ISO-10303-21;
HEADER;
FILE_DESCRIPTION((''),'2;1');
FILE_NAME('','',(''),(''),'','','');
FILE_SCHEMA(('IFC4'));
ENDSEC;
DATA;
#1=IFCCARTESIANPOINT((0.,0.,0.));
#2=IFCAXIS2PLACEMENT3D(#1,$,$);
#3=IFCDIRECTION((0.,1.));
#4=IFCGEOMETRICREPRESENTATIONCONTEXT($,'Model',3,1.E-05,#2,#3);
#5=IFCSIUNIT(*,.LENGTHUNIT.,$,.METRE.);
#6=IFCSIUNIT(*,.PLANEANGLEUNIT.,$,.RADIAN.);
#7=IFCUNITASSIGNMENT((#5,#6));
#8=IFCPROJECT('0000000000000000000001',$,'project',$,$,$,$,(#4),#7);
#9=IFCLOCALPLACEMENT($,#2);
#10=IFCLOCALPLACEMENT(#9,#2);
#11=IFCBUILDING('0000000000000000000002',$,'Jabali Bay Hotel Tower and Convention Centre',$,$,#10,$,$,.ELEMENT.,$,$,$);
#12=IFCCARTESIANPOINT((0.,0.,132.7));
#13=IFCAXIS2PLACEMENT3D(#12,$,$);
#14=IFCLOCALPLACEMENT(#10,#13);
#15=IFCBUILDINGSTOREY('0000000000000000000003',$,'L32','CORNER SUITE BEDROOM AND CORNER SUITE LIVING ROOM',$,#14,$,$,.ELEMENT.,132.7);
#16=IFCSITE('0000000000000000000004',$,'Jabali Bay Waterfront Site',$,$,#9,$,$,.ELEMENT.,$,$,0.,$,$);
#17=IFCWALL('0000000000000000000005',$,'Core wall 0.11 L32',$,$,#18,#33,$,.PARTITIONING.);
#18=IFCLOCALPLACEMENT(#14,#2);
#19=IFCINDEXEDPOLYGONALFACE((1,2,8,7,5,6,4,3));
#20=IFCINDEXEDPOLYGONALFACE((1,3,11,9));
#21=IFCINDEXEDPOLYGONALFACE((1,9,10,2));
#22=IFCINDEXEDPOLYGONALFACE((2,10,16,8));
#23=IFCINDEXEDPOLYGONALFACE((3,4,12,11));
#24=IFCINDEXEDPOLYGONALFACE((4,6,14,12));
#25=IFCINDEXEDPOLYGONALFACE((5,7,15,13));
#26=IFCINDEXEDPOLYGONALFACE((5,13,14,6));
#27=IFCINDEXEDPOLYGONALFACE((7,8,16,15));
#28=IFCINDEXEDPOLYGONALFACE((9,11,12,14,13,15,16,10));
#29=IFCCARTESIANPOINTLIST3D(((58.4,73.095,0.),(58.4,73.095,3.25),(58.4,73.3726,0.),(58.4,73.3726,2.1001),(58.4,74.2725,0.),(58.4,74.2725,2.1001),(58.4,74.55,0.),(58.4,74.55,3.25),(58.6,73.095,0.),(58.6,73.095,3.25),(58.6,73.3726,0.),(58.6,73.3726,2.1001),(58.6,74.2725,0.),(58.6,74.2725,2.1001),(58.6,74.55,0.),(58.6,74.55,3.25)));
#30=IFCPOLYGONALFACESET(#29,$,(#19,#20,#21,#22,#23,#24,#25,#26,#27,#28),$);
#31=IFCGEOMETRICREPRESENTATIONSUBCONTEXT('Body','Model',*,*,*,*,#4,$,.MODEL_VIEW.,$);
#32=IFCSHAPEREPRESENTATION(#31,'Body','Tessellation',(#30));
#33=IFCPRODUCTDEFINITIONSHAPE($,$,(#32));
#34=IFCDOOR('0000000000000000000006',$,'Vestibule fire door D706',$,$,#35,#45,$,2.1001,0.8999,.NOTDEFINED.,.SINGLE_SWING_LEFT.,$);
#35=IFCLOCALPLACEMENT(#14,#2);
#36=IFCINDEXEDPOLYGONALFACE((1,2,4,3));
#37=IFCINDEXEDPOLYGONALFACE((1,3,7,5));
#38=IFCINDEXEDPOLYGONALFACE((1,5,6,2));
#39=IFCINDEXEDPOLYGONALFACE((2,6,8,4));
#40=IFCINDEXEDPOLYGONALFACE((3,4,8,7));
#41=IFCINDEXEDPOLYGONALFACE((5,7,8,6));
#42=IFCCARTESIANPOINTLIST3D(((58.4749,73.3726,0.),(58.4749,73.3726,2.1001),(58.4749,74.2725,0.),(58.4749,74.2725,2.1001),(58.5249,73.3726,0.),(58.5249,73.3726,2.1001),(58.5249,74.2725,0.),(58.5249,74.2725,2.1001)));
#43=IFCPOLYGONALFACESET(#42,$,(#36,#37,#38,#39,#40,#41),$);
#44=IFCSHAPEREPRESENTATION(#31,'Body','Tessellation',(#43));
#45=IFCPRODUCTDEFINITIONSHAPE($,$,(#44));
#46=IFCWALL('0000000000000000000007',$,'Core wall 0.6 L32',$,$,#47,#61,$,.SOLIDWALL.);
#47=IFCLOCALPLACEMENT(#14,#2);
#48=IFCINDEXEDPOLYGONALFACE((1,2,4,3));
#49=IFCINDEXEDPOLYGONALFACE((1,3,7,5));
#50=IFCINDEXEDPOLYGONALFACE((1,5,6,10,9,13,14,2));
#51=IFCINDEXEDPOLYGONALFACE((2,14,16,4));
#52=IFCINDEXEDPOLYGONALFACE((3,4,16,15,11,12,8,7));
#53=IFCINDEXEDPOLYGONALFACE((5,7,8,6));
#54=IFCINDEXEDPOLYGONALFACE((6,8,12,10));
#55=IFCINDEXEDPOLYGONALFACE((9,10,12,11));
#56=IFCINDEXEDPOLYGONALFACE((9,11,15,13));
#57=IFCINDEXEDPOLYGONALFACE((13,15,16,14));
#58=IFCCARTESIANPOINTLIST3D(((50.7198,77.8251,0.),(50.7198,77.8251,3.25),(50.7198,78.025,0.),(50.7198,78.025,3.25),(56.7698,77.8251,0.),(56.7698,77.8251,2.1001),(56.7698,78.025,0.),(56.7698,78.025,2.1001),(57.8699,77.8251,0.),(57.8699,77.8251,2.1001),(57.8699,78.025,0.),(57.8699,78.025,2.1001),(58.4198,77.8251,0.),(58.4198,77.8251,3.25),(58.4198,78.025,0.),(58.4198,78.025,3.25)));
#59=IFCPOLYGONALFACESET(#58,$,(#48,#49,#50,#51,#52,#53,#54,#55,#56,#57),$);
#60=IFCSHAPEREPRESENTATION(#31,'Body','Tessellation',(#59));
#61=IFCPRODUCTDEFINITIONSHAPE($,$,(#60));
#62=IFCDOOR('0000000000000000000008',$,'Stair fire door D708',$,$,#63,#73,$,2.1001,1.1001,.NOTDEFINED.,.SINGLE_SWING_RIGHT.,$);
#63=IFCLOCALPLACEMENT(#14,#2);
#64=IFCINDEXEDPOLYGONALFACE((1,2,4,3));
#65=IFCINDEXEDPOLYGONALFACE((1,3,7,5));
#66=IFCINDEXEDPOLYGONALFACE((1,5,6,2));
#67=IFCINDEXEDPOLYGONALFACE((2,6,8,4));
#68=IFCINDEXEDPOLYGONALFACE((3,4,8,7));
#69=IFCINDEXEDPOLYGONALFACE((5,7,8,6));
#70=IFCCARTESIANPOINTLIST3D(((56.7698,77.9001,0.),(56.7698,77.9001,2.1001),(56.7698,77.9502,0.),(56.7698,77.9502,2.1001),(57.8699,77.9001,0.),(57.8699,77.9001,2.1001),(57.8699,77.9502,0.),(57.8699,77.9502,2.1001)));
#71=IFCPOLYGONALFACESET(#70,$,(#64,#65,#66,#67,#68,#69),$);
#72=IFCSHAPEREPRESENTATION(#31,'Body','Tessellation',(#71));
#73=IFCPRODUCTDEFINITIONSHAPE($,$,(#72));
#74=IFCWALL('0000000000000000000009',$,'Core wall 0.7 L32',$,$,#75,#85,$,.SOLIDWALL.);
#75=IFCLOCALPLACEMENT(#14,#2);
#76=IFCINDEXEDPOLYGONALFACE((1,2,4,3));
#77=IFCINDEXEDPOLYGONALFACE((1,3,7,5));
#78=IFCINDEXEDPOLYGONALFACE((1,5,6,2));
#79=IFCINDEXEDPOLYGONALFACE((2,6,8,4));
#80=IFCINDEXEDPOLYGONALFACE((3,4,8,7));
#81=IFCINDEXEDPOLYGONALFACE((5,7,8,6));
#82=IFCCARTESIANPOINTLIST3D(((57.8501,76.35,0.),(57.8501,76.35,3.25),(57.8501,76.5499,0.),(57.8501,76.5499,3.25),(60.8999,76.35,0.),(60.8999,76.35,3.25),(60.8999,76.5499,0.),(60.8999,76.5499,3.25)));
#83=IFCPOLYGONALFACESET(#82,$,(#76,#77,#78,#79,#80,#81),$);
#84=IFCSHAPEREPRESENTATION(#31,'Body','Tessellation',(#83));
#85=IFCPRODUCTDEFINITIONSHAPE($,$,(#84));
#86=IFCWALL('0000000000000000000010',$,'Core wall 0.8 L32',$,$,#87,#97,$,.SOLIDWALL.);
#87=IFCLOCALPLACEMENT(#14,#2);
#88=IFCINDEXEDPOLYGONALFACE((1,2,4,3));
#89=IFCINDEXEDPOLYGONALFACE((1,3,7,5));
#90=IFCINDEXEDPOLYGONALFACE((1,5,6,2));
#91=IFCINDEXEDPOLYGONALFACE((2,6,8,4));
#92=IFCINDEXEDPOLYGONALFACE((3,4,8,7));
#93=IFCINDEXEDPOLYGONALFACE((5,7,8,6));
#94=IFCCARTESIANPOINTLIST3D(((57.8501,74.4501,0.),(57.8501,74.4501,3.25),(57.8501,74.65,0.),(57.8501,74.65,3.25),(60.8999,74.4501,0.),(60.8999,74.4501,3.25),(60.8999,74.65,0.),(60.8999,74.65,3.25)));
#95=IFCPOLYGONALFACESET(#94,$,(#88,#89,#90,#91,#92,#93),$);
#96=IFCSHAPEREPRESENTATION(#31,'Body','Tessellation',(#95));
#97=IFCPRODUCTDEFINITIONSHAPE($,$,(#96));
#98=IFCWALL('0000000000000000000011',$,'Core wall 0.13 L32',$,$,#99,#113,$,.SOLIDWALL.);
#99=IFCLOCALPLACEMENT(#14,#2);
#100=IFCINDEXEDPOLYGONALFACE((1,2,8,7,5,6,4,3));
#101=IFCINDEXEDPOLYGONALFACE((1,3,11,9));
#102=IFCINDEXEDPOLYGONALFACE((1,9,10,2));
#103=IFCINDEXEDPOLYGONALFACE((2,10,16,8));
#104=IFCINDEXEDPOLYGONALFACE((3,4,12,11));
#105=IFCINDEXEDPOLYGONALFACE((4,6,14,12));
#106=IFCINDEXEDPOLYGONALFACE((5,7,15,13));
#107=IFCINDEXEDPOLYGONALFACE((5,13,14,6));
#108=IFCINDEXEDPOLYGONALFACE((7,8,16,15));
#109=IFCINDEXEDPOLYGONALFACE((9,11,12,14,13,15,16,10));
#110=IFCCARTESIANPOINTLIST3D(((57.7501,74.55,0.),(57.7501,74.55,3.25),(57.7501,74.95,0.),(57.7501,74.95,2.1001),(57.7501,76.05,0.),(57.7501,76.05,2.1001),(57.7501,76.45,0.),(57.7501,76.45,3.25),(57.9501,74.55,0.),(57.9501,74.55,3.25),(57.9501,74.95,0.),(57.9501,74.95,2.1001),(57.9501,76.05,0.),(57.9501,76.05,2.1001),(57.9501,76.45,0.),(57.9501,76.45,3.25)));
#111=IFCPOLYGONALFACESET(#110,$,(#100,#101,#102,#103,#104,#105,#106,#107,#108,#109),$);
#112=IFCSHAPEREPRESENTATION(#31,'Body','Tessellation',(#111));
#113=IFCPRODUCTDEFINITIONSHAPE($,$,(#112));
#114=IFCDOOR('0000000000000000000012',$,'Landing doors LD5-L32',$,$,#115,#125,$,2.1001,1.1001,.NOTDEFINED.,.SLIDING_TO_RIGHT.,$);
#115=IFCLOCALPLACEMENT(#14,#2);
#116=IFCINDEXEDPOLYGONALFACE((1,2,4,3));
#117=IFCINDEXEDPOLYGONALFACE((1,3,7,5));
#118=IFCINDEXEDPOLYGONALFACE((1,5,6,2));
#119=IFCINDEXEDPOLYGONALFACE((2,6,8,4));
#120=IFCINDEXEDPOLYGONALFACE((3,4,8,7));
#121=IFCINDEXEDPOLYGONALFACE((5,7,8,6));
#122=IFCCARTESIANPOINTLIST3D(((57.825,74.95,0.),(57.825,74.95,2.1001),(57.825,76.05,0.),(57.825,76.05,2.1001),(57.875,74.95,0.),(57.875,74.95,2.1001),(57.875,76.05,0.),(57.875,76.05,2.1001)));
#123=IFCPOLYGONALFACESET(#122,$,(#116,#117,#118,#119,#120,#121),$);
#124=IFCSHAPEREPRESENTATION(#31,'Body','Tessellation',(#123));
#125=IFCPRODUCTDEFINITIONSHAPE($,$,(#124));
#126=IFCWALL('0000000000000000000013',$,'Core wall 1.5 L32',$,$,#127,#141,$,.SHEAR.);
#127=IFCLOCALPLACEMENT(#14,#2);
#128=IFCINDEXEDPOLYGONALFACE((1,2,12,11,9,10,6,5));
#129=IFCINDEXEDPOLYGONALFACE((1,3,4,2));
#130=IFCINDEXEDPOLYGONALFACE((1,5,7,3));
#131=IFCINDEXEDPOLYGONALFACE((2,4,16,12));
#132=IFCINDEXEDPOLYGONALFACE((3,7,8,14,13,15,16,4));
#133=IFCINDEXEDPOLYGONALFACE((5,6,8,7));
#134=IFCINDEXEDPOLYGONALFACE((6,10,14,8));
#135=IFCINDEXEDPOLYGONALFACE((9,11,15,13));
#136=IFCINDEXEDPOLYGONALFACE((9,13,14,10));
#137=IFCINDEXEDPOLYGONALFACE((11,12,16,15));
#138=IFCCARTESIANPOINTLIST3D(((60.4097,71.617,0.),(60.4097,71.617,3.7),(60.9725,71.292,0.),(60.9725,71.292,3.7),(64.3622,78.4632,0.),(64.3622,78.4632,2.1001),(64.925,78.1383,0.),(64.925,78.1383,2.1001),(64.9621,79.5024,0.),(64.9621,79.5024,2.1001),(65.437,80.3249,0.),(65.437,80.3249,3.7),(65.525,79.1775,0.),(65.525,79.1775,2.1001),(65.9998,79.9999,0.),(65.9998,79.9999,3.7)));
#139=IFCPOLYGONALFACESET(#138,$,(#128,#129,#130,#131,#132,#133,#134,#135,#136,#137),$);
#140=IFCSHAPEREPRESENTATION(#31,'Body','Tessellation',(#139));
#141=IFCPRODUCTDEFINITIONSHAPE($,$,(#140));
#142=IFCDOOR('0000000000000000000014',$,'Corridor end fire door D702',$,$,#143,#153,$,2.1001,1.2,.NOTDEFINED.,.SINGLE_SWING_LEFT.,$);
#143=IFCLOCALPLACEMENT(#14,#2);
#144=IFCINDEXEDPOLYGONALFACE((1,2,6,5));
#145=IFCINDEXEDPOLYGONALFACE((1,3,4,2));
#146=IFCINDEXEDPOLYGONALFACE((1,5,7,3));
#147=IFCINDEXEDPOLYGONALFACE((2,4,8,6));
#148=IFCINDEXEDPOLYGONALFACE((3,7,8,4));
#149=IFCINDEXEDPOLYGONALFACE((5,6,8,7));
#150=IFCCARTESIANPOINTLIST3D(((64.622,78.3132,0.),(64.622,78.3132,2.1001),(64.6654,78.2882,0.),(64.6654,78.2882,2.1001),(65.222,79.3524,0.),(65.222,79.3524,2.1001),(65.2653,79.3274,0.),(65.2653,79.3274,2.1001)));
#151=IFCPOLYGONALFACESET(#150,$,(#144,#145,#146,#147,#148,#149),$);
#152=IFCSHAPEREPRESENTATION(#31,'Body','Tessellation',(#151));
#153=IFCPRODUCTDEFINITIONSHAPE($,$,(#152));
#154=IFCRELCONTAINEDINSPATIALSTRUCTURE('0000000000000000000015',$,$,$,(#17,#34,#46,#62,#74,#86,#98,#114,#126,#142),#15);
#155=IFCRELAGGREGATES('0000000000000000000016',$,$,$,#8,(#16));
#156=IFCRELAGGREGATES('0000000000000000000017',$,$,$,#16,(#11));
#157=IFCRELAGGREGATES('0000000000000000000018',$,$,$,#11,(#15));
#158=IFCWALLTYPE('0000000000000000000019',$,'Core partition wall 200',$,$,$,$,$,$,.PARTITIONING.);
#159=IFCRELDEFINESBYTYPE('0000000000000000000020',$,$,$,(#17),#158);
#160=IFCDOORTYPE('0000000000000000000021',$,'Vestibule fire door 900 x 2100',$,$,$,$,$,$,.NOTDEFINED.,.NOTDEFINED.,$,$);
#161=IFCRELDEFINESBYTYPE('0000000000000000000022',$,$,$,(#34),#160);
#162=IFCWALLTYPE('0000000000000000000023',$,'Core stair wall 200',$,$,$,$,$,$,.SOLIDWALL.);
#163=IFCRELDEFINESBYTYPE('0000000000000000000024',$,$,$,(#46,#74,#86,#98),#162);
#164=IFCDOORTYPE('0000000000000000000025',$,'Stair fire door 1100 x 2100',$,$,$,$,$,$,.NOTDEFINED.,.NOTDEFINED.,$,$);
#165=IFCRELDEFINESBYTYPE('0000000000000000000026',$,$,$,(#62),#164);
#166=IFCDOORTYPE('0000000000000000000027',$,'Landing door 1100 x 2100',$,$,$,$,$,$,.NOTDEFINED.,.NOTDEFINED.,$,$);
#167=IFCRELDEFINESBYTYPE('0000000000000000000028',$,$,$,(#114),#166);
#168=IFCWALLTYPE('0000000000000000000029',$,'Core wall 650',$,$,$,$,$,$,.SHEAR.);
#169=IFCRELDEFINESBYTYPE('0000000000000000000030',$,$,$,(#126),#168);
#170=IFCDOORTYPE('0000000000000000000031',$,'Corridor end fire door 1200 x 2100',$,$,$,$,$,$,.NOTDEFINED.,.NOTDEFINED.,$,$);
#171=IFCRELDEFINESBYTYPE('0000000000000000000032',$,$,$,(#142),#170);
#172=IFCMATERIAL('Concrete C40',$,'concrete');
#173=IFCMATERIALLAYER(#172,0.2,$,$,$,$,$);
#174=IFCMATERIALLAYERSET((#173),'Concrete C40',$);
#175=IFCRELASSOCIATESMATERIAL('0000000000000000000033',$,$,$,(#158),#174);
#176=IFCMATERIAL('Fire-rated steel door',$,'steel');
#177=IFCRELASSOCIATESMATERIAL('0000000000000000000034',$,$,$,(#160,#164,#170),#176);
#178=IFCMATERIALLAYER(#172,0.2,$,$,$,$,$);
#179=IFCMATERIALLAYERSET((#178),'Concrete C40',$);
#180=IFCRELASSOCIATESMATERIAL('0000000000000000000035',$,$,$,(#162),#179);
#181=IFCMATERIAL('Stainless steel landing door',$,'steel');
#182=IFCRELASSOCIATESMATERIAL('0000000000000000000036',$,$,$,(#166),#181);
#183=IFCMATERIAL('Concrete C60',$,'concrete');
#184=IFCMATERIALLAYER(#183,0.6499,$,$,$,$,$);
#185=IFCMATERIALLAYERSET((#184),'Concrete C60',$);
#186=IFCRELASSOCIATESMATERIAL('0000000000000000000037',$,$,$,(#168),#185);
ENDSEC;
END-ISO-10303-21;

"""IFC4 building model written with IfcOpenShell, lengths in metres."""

from ifc_helpers import new_model, si_unit, direction, frame, frame_2d, origin, place, context, subcontext, project, spatial, rectangle, extrude, material, layer, layer_set, type_object, element, fill, save


model = new_model("IFC4")

# Units and contexts
model_context = context("Model", 3, precision=1e-05, world=origin(), true_north=direction((0.0, 1.0)))
body_context = subcontext(model_context, "Body", "Model", "MODEL_VIEW")
ifc_project = project(units=[si_unit("LENGTHUNIT", "METRE"), si_unit("PLANEANGLEUNIT", "RADIAN")], contexts=[model_context])

# Site, building, storey
site_placement = place(None, origin())
site = spatial("IfcSite", under=ifc_project, at=site_placement, Name="Jabali Bay Waterfront Site", CompositionType="ELEMENT", RefElevation=0.0)
building_placement = place(site_placement, origin())
building = spatial("IfcBuilding", under=site, at=building_placement, Name="Jabali Bay Hotel Tower and Convention Centre", CompositionType="ELEMENT")
storey_placement = place(building_placement, frame((0.0, 0.0, 132.7)))
storey = spatial("IfcBuildingStorey", under=building, at=storey_placement, Name="L32", Description="CORNER SUITE BEDROOM AND CORNER SUITE LIVING ROOM", CompositionType="ELEMENT", Elevation=132.7)

# Walls, openings, doors
ifc_material_1 = material(Name="Concrete C40", Category="concrete")
ifc_layer_1 = layer(ifc_material_1, 0.2)
ifc_layer_set_1 = layer_set([ifc_layer_1], Name="Concrete C40")
wall_type_1 = type_object("IfcWallType", Name="Core partition wall 200", PredefinedType="PARTITIONING", material=ifc_layer_set_1)
wall_1_placement = place(storey_placement, frame((58.5, 74.55, 0.0), z_axis=(0.0, 0.0, 1.0), x_axis=(0.0, -1.0, 0.0)))
wall_1 = element("IfcWall", 1, at=wall_1_placement, inside=storey, type_object=wall_type_1, Name="Core wall 0.11 L32", PredefinedType="PARTITIONING", context=body_context, shape_type="SweptSolid", body=[
    extrude(rectangle(XDim=1.4551, YDim=0.2, at=frame_2d((0.7275, 0.0))), origin(), (0.0, 0.0, 1.0), 3.25),
])
opening_1_placement = place(wall_1_placement, frame((0.2776, 0.0, 0.0)))
opening_1 = element("IfcOpeningElement", 2, at=opening_1_placement, cuts=wall_1, PredefinedType="OPENING", context=body_context, shape_type="SweptSolid", body=[
    extrude(rectangle(XDim=0.8999, YDim=2.1001, at=frame_2d((0.45, 1.05))), frame((0.0, 0.1104, 0.0), z_axis=(0.0, -1.0, 0.0), x_axis=(1.0, 0.0, 0.0)), (0.0, 0.0, 1.0), 0.2209),
])
ifc_material_2 = material(Name="Fire-rated steel door", Category="steel")
door_type_1 = type_object("IfcDoorType", Name="Vestibule fire door 900 x 2100", OperationType="NOTDEFINED", PredefinedType="NOTDEFINED", material=ifc_material_2)
door_1_placement = place(opening_1_placement, origin())
door_1 = element("IfcDoor", 3, at=door_1_placement, inside=storey, type_object=door_type_1, Name="Vestibule fire door D706", OperationType="SINGLE_SWING_LEFT", OverallHeight=2.1001, OverallWidth=0.8999, PredefinedType="NOTDEFINED", context=body_context, shape_type="SweptSolid", body=[
    extrude(rectangle(XDim=0.8999, YDim=2.1001, at=frame_2d((0.45, 1.05))), frame((0.0, 0.0249, 0.0), z_axis=(0.0, -1.0, 0.0), x_axis=(1.0, 0.0, 0.0)), (0.0, 0.0, 1.0), 0.05),
])
fill(opening_1, door_1)
ifc_layer_2 = layer(ifc_material_1, 0.2)
ifc_layer_set_2 = layer_set([ifc_layer_2], Name="Concrete C40")
wall_type_2 = type_object("IfcWallType", Name="Core stair wall 200", PredefinedType="SOLIDWALL", material=ifc_layer_set_2)
wall_2_placement = place(storey_placement, frame((58.4199, 77.925, 0.0), z_axis=(0.0, 0.0, 1.0), x_axis=(-1.0, 0.0, 0.0)))
wall_2 = element("IfcWall", 4, at=wall_2_placement, inside=storey, type_object=wall_type_2, Name="Core wall 0.6 L32", PredefinedType="SOLIDWALL", context=body_context, shape_type="SweptSolid", body=[
    extrude(rectangle(XDim=7.7, YDim=0.2, at=frame_2d((3.8501, 0.0))), origin(), (0.0, 0.0, 1.0), 3.25),
])
opening_2_placement = place(wall_2_placement, frame((0.55, 0.0, 0.0)))
opening_2 = element("IfcOpeningElement", 5, at=opening_2_placement, cuts=wall_2, PredefinedType="OPENING", context=body_context, shape_type="SweptSolid", body=[
    extrude(rectangle(XDim=1.1001, YDim=2.1001, at=frame_2d((0.55, 1.05))), frame((0.0, 0.1104, 0.0), z_axis=(0.0, -1.0, 0.0), x_axis=(1.0, 0.0, 0.0)), (0.0, 0.0, 1.0), 0.2209),
])
door_type_2 = type_object("IfcDoorType", Name="Stair fire door 1100 x 2100", OperationType="NOTDEFINED", PredefinedType="NOTDEFINED", material=ifc_material_2)
door_2_placement = place(opening_2_placement, origin())
door_2 = element("IfcDoor", 6, at=door_2_placement, inside=storey, type_object=door_type_2, Name="Stair fire door D708", OperationType="SINGLE_SWING_RIGHT", OverallHeight=2.1001, OverallWidth=1.1001, PredefinedType="NOTDEFINED", context=body_context, shape_type="SweptSolid", body=[
    extrude(rectangle(XDim=1.1001, YDim=2.1001, at=frame_2d((0.55, 1.05))), frame((0.0, 0.0249, 0.0), z_axis=(0.0, -1.0, 0.0), x_axis=(1.0, 0.0, 0.0)), (0.0, 0.0, 1.0), 0.05),
])
fill(opening_2, door_2)

# Walls
for number, where, z_axis, x_axis, name in (
    (7, (60.8999, 76.45, 0.0), (0.0, 0.0, 1.0), (-1.0, 0.0, 0.0), "Core wall 0.7 L32"),
    (8, (60.8999, 74.55, 0.0), (0.0, 0.0, 1.0), (-1.0, 0.0, 0.0), "Core wall 0.8 L32"),
):
    element("IfcWall", number, at=place(storey_placement, frame(where, z_axis=z_axis, x_axis=x_axis)), inside=storey, type_object=wall_type_2, Name=name, PredefinedType="SOLIDWALL", context=body_context, shape_type="SweptSolid", body=[
        extrude(rectangle(XDim=3.0498, YDim=0.2, at=frame_2d((1.5249, 0.0))), origin(), (0.0, 0.0, 1.0), 3.25),
    ])

# Walls, openings, doors
wall_3_placement = place(storey_placement, frame((57.8501, 76.45, 0.0), z_axis=(0.0, 0.0, 1.0), x_axis=(0.0, -1.0, 0.0)))
wall_3 = element("IfcWall", 9, at=wall_3_placement, inside=storey, type_object=wall_type_2, Name="Core wall 0.13 L32", PredefinedType="SOLIDWALL", context=body_context, shape_type="SweptSolid", body=[
    extrude(rectangle(XDim=1.8999, YDim=0.2, at=frame_2d((0.95, 0.0))), origin(), (0.0, 0.0, 1.0), 3.25),
])
opening_3_placement = place(wall_3_placement, frame((0.3999, 0.0, 0.0)))
opening_3 = element("IfcOpeningElement", 10, at=opening_3_placement, cuts=wall_3, PredefinedType="OPENING", context=body_context, shape_type="SweptSolid", body=[
    extrude(rectangle(XDim=1.1001, YDim=2.1001, at=frame_2d((0.55, 1.05))), frame((0.0, 0.1104, 0.0), z_axis=(0.0, -1.0, 0.0), x_axis=(1.0, 0.0, 0.0)), (0.0, 0.0, 1.0), 0.2209),
])
ifc_material_3 = material(Name="Stainless steel landing door", Category="steel")
door_type_3 = type_object("IfcDoorType", Name="Landing door 1100 x 2100", OperationType="NOTDEFINED", PredefinedType="NOTDEFINED", material=ifc_material_3)
door_3_placement = place(opening_3_placement, origin())
door_3 = element("IfcDoor", 11, at=door_3_placement, inside=storey, type_object=door_type_3, Name="Landing doors LD5-L32", OperationType="SLIDING_TO_RIGHT", OverallHeight=2.1001, OverallWidth=1.1001, PredefinedType="NOTDEFINED", context=body_context, shape_type="SweptSolid", body=[
    extrude(rectangle(XDim=1.1001, YDim=2.1001, at=frame_2d((0.55, 1.05))), frame((0.0, 0.0249, 0.0), z_axis=(0.0, -1.0, 0.0), x_axis=(1.0, 0.0, 0.0)), (0.0, 0.0, 1.0), 0.05),
])
fill(opening_3, door_3)
ifc_material_4 = material(Name="Concrete C60", Category="concrete")
ifc_layer_3 = layer(ifc_material_4, 0.6499)
ifc_layer_set_3 = layer_set([ifc_layer_3], Name="Concrete C60")
wall_type_3 = type_object("IfcWallType", Name="Core wall 650", PredefinedType="SHEAR", material=ifc_layer_set_3)
wall_4_placement = place(storey_placement, frame((60.6912, 71.4546, 0.0), z_axis=(0.0, 0.0, 1.0), x_axis=(0.499983, 0.866035, 0.0)))
wall_4 = element("IfcWall", 12, at=wall_4_placement, inside=storey, type_object=wall_type_3, Name="Core wall 1.5 L32", PredefinedType="SHEAR", context=body_context, shape_type="SweptSolid", body=[
    extrude(rectangle(XDim=10.0549, YDim=0.6499, at=frame_2d((5.0273, 0.0))), origin(), (0.0, 0.0, 1.0), 3.7),
])
opening_4_placement = place(wall_4_placement, frame((7.905, 0.0, 0.0)))
opening_4 = element("IfcOpeningElement", 13, at=opening_4_placement, cuts=wall_4, PredefinedType="OPENING", context=body_context, shape_type="SweptSolid", body=[
    extrude(rectangle(XDim=1.2, YDim=2.1001, at=frame_2d((0.6001, 1.05))), frame((0.0, 0.3354, 0.0), z_axis=(0.0, -1.0, 0.0), x_axis=(1.0, 0.0, 0.0)), (0.0, 0.0, 1.0), 0.6709),
])
door_type_4 = type_object("IfcDoorType", Name="Corridor end fire door 1200 x 2100", OperationType="NOTDEFINED", PredefinedType="NOTDEFINED", material=ifc_material_2)
door_4_placement = place(opening_4_placement, origin())
door_4 = element("IfcDoor", 14, at=door_4_placement, inside=storey, type_object=door_type_4, Name="Corridor end fire door D702", OperationType="SINGLE_SWING_LEFT", OverallHeight=2.1001, OverallWidth=1.2, PredefinedType="NOTDEFINED", context=body_context, shape_type="SweptSolid", body=[
    extrude(rectangle(XDim=1.2, YDim=2.1001, at=frame_2d((0.6001, 1.05))), frame((0.0, 0.0249, 0.0), z_axis=(0.0, -1.0, 0.0), x_axis=(1.0, 0.0, 0.0)), (0.0, 0.0, 1.0), 0.05),
])
fill(opening_4, door_4)

save(model, "model.ifc")
